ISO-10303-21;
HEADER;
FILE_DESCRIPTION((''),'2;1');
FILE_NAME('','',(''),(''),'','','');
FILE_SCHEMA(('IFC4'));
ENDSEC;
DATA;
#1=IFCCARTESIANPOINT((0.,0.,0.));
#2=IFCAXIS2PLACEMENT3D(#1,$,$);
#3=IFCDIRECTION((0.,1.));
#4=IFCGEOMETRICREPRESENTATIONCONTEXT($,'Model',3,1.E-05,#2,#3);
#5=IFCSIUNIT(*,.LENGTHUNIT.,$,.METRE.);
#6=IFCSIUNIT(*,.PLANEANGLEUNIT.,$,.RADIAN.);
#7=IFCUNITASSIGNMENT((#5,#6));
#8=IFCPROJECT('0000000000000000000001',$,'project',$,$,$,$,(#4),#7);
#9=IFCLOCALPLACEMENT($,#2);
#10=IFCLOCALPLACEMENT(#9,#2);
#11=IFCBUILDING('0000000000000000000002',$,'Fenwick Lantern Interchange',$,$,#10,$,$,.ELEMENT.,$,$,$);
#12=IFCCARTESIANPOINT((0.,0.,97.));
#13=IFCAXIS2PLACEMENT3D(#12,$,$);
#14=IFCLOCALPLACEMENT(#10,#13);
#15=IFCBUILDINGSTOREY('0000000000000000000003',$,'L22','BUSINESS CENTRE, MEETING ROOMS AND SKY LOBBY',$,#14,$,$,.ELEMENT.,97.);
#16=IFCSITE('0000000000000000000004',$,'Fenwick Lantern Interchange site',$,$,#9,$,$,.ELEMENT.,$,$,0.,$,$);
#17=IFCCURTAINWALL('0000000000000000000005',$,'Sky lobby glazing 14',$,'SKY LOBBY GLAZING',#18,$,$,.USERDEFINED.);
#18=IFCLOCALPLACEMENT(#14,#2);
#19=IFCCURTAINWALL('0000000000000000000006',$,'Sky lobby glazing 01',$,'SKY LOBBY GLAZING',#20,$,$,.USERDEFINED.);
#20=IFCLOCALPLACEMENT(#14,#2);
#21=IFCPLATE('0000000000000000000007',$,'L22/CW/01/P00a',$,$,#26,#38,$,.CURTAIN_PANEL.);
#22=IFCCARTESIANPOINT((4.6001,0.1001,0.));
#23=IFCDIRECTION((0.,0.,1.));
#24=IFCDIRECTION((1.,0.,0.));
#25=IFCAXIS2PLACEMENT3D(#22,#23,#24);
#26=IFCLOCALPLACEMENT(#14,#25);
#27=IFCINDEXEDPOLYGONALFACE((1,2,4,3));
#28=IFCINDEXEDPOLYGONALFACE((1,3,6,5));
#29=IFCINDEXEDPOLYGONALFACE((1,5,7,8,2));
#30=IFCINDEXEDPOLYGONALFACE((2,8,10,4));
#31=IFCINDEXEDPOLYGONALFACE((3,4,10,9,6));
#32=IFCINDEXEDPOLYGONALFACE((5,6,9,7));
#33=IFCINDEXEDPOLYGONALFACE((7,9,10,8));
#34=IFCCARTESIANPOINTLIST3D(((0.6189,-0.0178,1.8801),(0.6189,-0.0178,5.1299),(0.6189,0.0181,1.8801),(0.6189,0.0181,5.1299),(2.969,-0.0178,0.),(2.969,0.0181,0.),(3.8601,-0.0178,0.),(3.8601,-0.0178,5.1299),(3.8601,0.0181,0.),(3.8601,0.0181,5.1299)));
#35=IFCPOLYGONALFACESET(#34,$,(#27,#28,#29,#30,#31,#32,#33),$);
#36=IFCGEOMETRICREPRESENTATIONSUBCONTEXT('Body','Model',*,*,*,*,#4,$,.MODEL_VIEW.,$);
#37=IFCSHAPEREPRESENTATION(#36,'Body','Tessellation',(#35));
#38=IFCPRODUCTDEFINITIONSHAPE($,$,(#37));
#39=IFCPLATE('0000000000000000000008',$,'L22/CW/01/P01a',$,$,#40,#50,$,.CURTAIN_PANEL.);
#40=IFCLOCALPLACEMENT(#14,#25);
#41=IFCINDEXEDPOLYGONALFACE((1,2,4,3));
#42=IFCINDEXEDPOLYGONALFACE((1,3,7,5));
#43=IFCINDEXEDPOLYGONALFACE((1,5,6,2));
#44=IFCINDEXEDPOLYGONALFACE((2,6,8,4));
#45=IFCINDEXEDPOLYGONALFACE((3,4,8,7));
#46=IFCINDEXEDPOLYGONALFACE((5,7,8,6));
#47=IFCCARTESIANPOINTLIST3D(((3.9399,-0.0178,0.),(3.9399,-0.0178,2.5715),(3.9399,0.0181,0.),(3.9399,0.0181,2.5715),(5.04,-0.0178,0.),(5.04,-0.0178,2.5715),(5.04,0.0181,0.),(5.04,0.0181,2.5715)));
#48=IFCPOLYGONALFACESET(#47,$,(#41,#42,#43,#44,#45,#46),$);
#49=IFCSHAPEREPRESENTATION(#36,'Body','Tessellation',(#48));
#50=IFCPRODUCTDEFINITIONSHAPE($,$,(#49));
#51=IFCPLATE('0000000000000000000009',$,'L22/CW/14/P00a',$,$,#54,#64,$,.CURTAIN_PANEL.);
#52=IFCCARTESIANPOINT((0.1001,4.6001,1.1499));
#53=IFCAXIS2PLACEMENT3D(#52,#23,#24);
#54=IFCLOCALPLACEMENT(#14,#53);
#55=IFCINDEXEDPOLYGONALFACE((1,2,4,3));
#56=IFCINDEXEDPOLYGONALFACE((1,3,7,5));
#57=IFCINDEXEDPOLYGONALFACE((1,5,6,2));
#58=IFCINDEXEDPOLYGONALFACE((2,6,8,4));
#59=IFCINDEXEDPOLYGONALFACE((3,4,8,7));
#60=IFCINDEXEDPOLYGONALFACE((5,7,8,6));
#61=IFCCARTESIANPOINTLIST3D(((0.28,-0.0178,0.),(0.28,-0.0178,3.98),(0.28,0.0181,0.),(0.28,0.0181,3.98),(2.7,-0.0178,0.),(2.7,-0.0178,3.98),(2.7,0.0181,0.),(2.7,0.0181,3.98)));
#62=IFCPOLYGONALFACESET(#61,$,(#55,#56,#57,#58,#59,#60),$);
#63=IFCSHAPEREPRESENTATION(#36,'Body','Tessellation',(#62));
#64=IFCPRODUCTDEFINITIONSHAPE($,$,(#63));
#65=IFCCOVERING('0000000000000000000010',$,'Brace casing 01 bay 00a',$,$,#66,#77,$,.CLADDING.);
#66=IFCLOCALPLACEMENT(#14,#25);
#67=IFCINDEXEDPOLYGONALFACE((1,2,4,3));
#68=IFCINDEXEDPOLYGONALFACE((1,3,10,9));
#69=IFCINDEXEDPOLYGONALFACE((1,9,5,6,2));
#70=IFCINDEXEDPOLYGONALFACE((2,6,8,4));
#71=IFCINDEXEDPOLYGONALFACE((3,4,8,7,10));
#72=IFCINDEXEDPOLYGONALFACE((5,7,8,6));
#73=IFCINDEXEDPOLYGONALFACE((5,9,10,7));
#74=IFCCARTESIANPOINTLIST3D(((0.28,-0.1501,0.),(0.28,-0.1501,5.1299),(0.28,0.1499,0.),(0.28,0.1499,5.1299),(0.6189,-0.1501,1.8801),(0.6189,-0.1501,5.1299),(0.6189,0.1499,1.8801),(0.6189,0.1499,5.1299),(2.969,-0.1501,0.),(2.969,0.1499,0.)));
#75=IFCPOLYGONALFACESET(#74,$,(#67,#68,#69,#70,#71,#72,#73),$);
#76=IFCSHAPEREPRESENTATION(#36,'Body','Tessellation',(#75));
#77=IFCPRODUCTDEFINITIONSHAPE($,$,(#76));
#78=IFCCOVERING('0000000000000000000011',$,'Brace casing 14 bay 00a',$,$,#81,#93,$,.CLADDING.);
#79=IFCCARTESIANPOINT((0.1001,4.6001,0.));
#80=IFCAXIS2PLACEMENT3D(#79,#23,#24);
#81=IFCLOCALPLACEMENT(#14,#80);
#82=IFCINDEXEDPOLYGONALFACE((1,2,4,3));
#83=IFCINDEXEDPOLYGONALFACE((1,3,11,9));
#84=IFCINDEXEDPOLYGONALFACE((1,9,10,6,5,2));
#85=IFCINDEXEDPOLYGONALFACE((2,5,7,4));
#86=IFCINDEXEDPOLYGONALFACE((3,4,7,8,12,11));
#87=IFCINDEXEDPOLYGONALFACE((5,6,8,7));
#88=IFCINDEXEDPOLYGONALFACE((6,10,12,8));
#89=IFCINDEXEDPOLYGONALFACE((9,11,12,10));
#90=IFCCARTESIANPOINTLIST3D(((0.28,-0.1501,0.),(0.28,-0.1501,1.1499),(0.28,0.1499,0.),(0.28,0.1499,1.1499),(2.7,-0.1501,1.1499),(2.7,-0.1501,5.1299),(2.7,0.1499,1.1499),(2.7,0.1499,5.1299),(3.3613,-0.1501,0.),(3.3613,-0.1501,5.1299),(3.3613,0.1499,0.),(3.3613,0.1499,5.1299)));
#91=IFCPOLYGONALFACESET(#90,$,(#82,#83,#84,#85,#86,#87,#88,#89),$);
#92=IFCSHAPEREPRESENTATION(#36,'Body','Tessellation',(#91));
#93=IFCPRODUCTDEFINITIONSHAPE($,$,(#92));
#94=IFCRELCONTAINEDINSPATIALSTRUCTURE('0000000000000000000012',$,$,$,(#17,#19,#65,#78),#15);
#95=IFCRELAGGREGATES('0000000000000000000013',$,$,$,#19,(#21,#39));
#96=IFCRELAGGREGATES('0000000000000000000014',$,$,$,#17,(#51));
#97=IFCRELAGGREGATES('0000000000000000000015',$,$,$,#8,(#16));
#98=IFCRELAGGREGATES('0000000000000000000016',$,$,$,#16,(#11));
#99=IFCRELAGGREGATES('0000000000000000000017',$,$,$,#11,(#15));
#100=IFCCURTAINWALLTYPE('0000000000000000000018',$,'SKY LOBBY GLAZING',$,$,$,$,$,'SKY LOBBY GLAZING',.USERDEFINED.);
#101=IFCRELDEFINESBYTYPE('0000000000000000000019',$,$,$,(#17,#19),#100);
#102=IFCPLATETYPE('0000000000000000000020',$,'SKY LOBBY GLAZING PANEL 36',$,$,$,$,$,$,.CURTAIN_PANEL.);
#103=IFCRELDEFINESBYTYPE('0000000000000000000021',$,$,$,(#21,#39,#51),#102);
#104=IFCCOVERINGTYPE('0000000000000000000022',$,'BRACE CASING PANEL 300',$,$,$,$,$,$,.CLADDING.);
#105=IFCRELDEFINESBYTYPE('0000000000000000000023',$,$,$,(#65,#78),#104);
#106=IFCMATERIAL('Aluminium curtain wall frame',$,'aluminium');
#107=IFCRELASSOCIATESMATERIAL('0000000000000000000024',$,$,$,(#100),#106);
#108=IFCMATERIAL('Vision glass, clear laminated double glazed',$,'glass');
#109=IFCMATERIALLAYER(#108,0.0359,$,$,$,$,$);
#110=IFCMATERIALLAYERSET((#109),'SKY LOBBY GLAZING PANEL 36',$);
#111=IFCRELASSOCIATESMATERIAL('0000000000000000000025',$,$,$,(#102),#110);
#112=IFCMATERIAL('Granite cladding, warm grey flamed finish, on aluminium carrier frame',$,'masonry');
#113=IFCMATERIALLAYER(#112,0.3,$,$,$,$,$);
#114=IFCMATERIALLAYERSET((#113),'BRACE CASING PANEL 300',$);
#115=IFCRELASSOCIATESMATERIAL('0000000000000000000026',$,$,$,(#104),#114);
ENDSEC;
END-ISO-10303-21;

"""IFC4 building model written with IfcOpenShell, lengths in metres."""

from ifc_helpers import new_model, si_unit, direction, frame, origin, place, context, subcontext, project, spatial, polyline, outline, extrude, material, layer, layer_set, type_object, element, aggregate, save


model = new_model("IFC4")

# Units and contexts
model_context = context("Model", 3, precision=1e-05, world=origin(), true_north=direction((0.0, 1.0)))
body_context = subcontext(model_context, "Body", "Model", "MODEL_VIEW")
ifc_project = project(units=[si_unit("LENGTHUNIT", "METRE"), si_unit("PLANEANGLEUNIT", "RADIAN")], contexts=[model_context])

# Site, building, storey
site_placement = place(None, origin())
site = spatial("IfcSite", under=ifc_project, at=site_placement, Name="Fenwick Lantern Interchange site", CompositionType="ELEMENT", RefElevation=0.0)
building_placement = place(site_placement, origin())
building = spatial("IfcBuilding", under=site, at=building_placement, Name="Fenwick Lantern Interchange", CompositionType="ELEMENT")
storey_placement = place(building_placement, frame((0.0, 0.0, 97.0)))
storey = spatial("IfcBuildingStorey", under=building, at=storey_placement, Name="L22", Description="BUSINESS CENTRE, MEETING ROOMS AND SKY LOBBY", CompositionType="ELEMENT", Elevation=97.0)

# Curtain wall
ifc_material_1 = material(Name="Aluminium curtain wall frame", Category="aluminium")
curtain_wall_type = type_object("IfcCurtainWallType", Name="SKY LOBBY GLAZING", ElementType="SKY LOBBY GLAZING", PredefinedType="USERDEFINED", material=ifc_material_1)
curtain_wall_1_placement = place(storey_placement, origin())
curtain_wall_1 = element("IfcCurtainWall", 1, at=curtain_wall_1_placement, inside=storey, type_object=curtain_wall_type, Name="Sky lobby glazing 14", ObjectType="SKY LOBBY GLAZING", PredefinedType="USERDEFINED")

# Curtain wall, plates
curtain_wall_2_placement = place(storey_placement, origin())
curtain_wall_2 = element("IfcCurtainWall", 2, at=curtain_wall_2_placement, inside=storey, type_object=curtain_wall_type, Name="Sky lobby glazing 01", ObjectType="SKY LOBBY GLAZING", PredefinedType="USERDEFINED")
ifc_material_2 = material(Name="Vision glass, clear laminated double glazed", Category="glass")
ifc_layer_1 = layer(ifc_material_2, 0.0359)
ifc_layer_set_1 = layer_set([ifc_layer_1], Name="SKY LOBBY GLAZING PANEL 36")
plate_type = type_object("IfcPlateType", Name="SKY LOBBY GLAZING PANEL 36", PredefinedType="CURTAIN_PANEL", material=ifc_layer_set_1)
plate_1_placement = place(storey_placement, frame((4.6001, 0.1001, 0.0), z_axis=(0.0, 0.0, 1.0), x_axis=(1.0, 0.0, 0.0)))
plate_1 = element("IfcPlate", 3, at=plate_1_placement, type_object=plate_type, Name="L22/CW/01/P00a", PredefinedType="CURTAIN_PANEL", context=body_context, shape_type="SweptSolid", body=[
    extrude(outline(polyline([(2.969, 0.0), (3.8601, 0.0), (3.8601, 5.1299), (0.6189, 5.1299), (0.6189, 1.8801), (2.969, 0.0)])), frame((0.0, 0.0181, 0.0), z_axis=(0.0, -1.0, 0.0), x_axis=(1.0, 0.0, 0.0)), (0.0, 0.0, 1.0), 0.0359),
])
plate_2_placement = place(storey_placement, frame((4.6001, 0.1001, 0.0), z_axis=(0.0, 0.0, 1.0), x_axis=(1.0, 0.0, 0.0)))
plate_2 = element("IfcPlate", 4, at=plate_2_placement, type_object=plate_type, Name="L22/CW/01/P01a", PredefinedType="CURTAIN_PANEL", context=body_context, shape_type="SweptSolid", body=[
    extrude(outline(polyline([(3.9399, 0.0), (5.04, 0.0), (5.04, 2.5715), (3.9399, 2.5715), (3.9399, 0.0)])), frame((0.0, 0.0181, 0.0), z_axis=(0.0, -1.0, 0.0), x_axis=(1.0, 0.0, 0.0)), (0.0, 0.0, 1.0), 0.0359),
])
aggregate(curtain_wall_2, [plate_1, plate_2])

# Plate
plate_3_placement = place(storey_placement, frame((0.1001, 4.6001, 1.1499), z_axis=(0.0, 0.0, 1.0), x_axis=(1.0, 0.0, 0.0)))
plate_3 = element("IfcPlate", 5, at=plate_3_placement, type_object=plate_type, Name="L22/CW/14/P00a", PredefinedType="CURTAIN_PANEL", context=body_context, shape_type="SweptSolid", body=[
    extrude(outline(polyline([(0.28, 0.0), (2.7, 0.0), (2.7, 3.98), (0.28, 3.98), (0.28, 0.0)])), frame((0.0, 0.0181, 0.0), z_axis=(0.0, -1.0, 0.0), x_axis=(1.0, 0.0, 0.0)), (0.0, 0.0, 1.0), 0.0359),
])
aggregate(curtain_wall_1, [plate_3])

# Coverings
ifc_material_3 = material(Name="Granite cladding, warm grey flamed finish, on aluminium carrier frame", Category="masonry")
ifc_layer_2 = layer(ifc_material_3, 0.3)
ifc_layer_set_2 = layer_set([ifc_layer_2], Name="BRACE CASING PANEL 300")
covering_type_1 = type_object("IfcCoveringType", Name="BRACE CASING PANEL 300", PredefinedType="CLADDING", material=ifc_layer_set_2)
covering_1_placement = place(storey_placement, frame((4.6001, 0.1001, 0.0), z_axis=(0.0, 0.0, 1.0), x_axis=(1.0, 0.0, 0.0)))
element("IfcCovering", 6, at=covering_1_placement, inside=storey, type_object=covering_type_1, Name="Brace casing 01 bay 00a", PredefinedType="CLADDING", context=body_context, shape_type="SweptSolid", body=[
    extrude(outline(polyline([(0.28, 0.0), (2.969, 0.0), (0.6189, 1.8801), (0.6189, 5.1299), (0.28, 5.1299), (0.28, 0.0)])), frame((0.0, 0.1499, 0.0), z_axis=(0.0, -1.0, 0.0), x_axis=(1.0, 0.0, 0.0)), (0.0, 0.0, 1.0), 0.3),
])
covering_2_placement = place(storey_placement, frame((0.1001, 4.6001, 0.0), z_axis=(0.0, 0.0, 1.0), x_axis=(1.0, 0.0, 0.0)))
element("IfcCovering", 7, at=covering_2_placement, inside=storey, type_object=covering_type_1, Name="Brace casing 14 bay 00a", PredefinedType="CLADDING", context=body_context, shape_type="SweptSolid", body=[
    extrude(outline(polyline([(0.28, 0.0), (3.3613, 0.0), (3.3613, 5.1299), (2.7, 5.1299), (2.7, 1.1499), (0.28, 1.1499), (0.28, 0.0)])), frame((0.0, 0.1499, 0.0), z_axis=(0.0, -1.0, 0.0), x_axis=(1.0, 0.0, 0.0)), (0.0, 0.0, 1.0), 0.3),
])

save(model, "model.ifc")
